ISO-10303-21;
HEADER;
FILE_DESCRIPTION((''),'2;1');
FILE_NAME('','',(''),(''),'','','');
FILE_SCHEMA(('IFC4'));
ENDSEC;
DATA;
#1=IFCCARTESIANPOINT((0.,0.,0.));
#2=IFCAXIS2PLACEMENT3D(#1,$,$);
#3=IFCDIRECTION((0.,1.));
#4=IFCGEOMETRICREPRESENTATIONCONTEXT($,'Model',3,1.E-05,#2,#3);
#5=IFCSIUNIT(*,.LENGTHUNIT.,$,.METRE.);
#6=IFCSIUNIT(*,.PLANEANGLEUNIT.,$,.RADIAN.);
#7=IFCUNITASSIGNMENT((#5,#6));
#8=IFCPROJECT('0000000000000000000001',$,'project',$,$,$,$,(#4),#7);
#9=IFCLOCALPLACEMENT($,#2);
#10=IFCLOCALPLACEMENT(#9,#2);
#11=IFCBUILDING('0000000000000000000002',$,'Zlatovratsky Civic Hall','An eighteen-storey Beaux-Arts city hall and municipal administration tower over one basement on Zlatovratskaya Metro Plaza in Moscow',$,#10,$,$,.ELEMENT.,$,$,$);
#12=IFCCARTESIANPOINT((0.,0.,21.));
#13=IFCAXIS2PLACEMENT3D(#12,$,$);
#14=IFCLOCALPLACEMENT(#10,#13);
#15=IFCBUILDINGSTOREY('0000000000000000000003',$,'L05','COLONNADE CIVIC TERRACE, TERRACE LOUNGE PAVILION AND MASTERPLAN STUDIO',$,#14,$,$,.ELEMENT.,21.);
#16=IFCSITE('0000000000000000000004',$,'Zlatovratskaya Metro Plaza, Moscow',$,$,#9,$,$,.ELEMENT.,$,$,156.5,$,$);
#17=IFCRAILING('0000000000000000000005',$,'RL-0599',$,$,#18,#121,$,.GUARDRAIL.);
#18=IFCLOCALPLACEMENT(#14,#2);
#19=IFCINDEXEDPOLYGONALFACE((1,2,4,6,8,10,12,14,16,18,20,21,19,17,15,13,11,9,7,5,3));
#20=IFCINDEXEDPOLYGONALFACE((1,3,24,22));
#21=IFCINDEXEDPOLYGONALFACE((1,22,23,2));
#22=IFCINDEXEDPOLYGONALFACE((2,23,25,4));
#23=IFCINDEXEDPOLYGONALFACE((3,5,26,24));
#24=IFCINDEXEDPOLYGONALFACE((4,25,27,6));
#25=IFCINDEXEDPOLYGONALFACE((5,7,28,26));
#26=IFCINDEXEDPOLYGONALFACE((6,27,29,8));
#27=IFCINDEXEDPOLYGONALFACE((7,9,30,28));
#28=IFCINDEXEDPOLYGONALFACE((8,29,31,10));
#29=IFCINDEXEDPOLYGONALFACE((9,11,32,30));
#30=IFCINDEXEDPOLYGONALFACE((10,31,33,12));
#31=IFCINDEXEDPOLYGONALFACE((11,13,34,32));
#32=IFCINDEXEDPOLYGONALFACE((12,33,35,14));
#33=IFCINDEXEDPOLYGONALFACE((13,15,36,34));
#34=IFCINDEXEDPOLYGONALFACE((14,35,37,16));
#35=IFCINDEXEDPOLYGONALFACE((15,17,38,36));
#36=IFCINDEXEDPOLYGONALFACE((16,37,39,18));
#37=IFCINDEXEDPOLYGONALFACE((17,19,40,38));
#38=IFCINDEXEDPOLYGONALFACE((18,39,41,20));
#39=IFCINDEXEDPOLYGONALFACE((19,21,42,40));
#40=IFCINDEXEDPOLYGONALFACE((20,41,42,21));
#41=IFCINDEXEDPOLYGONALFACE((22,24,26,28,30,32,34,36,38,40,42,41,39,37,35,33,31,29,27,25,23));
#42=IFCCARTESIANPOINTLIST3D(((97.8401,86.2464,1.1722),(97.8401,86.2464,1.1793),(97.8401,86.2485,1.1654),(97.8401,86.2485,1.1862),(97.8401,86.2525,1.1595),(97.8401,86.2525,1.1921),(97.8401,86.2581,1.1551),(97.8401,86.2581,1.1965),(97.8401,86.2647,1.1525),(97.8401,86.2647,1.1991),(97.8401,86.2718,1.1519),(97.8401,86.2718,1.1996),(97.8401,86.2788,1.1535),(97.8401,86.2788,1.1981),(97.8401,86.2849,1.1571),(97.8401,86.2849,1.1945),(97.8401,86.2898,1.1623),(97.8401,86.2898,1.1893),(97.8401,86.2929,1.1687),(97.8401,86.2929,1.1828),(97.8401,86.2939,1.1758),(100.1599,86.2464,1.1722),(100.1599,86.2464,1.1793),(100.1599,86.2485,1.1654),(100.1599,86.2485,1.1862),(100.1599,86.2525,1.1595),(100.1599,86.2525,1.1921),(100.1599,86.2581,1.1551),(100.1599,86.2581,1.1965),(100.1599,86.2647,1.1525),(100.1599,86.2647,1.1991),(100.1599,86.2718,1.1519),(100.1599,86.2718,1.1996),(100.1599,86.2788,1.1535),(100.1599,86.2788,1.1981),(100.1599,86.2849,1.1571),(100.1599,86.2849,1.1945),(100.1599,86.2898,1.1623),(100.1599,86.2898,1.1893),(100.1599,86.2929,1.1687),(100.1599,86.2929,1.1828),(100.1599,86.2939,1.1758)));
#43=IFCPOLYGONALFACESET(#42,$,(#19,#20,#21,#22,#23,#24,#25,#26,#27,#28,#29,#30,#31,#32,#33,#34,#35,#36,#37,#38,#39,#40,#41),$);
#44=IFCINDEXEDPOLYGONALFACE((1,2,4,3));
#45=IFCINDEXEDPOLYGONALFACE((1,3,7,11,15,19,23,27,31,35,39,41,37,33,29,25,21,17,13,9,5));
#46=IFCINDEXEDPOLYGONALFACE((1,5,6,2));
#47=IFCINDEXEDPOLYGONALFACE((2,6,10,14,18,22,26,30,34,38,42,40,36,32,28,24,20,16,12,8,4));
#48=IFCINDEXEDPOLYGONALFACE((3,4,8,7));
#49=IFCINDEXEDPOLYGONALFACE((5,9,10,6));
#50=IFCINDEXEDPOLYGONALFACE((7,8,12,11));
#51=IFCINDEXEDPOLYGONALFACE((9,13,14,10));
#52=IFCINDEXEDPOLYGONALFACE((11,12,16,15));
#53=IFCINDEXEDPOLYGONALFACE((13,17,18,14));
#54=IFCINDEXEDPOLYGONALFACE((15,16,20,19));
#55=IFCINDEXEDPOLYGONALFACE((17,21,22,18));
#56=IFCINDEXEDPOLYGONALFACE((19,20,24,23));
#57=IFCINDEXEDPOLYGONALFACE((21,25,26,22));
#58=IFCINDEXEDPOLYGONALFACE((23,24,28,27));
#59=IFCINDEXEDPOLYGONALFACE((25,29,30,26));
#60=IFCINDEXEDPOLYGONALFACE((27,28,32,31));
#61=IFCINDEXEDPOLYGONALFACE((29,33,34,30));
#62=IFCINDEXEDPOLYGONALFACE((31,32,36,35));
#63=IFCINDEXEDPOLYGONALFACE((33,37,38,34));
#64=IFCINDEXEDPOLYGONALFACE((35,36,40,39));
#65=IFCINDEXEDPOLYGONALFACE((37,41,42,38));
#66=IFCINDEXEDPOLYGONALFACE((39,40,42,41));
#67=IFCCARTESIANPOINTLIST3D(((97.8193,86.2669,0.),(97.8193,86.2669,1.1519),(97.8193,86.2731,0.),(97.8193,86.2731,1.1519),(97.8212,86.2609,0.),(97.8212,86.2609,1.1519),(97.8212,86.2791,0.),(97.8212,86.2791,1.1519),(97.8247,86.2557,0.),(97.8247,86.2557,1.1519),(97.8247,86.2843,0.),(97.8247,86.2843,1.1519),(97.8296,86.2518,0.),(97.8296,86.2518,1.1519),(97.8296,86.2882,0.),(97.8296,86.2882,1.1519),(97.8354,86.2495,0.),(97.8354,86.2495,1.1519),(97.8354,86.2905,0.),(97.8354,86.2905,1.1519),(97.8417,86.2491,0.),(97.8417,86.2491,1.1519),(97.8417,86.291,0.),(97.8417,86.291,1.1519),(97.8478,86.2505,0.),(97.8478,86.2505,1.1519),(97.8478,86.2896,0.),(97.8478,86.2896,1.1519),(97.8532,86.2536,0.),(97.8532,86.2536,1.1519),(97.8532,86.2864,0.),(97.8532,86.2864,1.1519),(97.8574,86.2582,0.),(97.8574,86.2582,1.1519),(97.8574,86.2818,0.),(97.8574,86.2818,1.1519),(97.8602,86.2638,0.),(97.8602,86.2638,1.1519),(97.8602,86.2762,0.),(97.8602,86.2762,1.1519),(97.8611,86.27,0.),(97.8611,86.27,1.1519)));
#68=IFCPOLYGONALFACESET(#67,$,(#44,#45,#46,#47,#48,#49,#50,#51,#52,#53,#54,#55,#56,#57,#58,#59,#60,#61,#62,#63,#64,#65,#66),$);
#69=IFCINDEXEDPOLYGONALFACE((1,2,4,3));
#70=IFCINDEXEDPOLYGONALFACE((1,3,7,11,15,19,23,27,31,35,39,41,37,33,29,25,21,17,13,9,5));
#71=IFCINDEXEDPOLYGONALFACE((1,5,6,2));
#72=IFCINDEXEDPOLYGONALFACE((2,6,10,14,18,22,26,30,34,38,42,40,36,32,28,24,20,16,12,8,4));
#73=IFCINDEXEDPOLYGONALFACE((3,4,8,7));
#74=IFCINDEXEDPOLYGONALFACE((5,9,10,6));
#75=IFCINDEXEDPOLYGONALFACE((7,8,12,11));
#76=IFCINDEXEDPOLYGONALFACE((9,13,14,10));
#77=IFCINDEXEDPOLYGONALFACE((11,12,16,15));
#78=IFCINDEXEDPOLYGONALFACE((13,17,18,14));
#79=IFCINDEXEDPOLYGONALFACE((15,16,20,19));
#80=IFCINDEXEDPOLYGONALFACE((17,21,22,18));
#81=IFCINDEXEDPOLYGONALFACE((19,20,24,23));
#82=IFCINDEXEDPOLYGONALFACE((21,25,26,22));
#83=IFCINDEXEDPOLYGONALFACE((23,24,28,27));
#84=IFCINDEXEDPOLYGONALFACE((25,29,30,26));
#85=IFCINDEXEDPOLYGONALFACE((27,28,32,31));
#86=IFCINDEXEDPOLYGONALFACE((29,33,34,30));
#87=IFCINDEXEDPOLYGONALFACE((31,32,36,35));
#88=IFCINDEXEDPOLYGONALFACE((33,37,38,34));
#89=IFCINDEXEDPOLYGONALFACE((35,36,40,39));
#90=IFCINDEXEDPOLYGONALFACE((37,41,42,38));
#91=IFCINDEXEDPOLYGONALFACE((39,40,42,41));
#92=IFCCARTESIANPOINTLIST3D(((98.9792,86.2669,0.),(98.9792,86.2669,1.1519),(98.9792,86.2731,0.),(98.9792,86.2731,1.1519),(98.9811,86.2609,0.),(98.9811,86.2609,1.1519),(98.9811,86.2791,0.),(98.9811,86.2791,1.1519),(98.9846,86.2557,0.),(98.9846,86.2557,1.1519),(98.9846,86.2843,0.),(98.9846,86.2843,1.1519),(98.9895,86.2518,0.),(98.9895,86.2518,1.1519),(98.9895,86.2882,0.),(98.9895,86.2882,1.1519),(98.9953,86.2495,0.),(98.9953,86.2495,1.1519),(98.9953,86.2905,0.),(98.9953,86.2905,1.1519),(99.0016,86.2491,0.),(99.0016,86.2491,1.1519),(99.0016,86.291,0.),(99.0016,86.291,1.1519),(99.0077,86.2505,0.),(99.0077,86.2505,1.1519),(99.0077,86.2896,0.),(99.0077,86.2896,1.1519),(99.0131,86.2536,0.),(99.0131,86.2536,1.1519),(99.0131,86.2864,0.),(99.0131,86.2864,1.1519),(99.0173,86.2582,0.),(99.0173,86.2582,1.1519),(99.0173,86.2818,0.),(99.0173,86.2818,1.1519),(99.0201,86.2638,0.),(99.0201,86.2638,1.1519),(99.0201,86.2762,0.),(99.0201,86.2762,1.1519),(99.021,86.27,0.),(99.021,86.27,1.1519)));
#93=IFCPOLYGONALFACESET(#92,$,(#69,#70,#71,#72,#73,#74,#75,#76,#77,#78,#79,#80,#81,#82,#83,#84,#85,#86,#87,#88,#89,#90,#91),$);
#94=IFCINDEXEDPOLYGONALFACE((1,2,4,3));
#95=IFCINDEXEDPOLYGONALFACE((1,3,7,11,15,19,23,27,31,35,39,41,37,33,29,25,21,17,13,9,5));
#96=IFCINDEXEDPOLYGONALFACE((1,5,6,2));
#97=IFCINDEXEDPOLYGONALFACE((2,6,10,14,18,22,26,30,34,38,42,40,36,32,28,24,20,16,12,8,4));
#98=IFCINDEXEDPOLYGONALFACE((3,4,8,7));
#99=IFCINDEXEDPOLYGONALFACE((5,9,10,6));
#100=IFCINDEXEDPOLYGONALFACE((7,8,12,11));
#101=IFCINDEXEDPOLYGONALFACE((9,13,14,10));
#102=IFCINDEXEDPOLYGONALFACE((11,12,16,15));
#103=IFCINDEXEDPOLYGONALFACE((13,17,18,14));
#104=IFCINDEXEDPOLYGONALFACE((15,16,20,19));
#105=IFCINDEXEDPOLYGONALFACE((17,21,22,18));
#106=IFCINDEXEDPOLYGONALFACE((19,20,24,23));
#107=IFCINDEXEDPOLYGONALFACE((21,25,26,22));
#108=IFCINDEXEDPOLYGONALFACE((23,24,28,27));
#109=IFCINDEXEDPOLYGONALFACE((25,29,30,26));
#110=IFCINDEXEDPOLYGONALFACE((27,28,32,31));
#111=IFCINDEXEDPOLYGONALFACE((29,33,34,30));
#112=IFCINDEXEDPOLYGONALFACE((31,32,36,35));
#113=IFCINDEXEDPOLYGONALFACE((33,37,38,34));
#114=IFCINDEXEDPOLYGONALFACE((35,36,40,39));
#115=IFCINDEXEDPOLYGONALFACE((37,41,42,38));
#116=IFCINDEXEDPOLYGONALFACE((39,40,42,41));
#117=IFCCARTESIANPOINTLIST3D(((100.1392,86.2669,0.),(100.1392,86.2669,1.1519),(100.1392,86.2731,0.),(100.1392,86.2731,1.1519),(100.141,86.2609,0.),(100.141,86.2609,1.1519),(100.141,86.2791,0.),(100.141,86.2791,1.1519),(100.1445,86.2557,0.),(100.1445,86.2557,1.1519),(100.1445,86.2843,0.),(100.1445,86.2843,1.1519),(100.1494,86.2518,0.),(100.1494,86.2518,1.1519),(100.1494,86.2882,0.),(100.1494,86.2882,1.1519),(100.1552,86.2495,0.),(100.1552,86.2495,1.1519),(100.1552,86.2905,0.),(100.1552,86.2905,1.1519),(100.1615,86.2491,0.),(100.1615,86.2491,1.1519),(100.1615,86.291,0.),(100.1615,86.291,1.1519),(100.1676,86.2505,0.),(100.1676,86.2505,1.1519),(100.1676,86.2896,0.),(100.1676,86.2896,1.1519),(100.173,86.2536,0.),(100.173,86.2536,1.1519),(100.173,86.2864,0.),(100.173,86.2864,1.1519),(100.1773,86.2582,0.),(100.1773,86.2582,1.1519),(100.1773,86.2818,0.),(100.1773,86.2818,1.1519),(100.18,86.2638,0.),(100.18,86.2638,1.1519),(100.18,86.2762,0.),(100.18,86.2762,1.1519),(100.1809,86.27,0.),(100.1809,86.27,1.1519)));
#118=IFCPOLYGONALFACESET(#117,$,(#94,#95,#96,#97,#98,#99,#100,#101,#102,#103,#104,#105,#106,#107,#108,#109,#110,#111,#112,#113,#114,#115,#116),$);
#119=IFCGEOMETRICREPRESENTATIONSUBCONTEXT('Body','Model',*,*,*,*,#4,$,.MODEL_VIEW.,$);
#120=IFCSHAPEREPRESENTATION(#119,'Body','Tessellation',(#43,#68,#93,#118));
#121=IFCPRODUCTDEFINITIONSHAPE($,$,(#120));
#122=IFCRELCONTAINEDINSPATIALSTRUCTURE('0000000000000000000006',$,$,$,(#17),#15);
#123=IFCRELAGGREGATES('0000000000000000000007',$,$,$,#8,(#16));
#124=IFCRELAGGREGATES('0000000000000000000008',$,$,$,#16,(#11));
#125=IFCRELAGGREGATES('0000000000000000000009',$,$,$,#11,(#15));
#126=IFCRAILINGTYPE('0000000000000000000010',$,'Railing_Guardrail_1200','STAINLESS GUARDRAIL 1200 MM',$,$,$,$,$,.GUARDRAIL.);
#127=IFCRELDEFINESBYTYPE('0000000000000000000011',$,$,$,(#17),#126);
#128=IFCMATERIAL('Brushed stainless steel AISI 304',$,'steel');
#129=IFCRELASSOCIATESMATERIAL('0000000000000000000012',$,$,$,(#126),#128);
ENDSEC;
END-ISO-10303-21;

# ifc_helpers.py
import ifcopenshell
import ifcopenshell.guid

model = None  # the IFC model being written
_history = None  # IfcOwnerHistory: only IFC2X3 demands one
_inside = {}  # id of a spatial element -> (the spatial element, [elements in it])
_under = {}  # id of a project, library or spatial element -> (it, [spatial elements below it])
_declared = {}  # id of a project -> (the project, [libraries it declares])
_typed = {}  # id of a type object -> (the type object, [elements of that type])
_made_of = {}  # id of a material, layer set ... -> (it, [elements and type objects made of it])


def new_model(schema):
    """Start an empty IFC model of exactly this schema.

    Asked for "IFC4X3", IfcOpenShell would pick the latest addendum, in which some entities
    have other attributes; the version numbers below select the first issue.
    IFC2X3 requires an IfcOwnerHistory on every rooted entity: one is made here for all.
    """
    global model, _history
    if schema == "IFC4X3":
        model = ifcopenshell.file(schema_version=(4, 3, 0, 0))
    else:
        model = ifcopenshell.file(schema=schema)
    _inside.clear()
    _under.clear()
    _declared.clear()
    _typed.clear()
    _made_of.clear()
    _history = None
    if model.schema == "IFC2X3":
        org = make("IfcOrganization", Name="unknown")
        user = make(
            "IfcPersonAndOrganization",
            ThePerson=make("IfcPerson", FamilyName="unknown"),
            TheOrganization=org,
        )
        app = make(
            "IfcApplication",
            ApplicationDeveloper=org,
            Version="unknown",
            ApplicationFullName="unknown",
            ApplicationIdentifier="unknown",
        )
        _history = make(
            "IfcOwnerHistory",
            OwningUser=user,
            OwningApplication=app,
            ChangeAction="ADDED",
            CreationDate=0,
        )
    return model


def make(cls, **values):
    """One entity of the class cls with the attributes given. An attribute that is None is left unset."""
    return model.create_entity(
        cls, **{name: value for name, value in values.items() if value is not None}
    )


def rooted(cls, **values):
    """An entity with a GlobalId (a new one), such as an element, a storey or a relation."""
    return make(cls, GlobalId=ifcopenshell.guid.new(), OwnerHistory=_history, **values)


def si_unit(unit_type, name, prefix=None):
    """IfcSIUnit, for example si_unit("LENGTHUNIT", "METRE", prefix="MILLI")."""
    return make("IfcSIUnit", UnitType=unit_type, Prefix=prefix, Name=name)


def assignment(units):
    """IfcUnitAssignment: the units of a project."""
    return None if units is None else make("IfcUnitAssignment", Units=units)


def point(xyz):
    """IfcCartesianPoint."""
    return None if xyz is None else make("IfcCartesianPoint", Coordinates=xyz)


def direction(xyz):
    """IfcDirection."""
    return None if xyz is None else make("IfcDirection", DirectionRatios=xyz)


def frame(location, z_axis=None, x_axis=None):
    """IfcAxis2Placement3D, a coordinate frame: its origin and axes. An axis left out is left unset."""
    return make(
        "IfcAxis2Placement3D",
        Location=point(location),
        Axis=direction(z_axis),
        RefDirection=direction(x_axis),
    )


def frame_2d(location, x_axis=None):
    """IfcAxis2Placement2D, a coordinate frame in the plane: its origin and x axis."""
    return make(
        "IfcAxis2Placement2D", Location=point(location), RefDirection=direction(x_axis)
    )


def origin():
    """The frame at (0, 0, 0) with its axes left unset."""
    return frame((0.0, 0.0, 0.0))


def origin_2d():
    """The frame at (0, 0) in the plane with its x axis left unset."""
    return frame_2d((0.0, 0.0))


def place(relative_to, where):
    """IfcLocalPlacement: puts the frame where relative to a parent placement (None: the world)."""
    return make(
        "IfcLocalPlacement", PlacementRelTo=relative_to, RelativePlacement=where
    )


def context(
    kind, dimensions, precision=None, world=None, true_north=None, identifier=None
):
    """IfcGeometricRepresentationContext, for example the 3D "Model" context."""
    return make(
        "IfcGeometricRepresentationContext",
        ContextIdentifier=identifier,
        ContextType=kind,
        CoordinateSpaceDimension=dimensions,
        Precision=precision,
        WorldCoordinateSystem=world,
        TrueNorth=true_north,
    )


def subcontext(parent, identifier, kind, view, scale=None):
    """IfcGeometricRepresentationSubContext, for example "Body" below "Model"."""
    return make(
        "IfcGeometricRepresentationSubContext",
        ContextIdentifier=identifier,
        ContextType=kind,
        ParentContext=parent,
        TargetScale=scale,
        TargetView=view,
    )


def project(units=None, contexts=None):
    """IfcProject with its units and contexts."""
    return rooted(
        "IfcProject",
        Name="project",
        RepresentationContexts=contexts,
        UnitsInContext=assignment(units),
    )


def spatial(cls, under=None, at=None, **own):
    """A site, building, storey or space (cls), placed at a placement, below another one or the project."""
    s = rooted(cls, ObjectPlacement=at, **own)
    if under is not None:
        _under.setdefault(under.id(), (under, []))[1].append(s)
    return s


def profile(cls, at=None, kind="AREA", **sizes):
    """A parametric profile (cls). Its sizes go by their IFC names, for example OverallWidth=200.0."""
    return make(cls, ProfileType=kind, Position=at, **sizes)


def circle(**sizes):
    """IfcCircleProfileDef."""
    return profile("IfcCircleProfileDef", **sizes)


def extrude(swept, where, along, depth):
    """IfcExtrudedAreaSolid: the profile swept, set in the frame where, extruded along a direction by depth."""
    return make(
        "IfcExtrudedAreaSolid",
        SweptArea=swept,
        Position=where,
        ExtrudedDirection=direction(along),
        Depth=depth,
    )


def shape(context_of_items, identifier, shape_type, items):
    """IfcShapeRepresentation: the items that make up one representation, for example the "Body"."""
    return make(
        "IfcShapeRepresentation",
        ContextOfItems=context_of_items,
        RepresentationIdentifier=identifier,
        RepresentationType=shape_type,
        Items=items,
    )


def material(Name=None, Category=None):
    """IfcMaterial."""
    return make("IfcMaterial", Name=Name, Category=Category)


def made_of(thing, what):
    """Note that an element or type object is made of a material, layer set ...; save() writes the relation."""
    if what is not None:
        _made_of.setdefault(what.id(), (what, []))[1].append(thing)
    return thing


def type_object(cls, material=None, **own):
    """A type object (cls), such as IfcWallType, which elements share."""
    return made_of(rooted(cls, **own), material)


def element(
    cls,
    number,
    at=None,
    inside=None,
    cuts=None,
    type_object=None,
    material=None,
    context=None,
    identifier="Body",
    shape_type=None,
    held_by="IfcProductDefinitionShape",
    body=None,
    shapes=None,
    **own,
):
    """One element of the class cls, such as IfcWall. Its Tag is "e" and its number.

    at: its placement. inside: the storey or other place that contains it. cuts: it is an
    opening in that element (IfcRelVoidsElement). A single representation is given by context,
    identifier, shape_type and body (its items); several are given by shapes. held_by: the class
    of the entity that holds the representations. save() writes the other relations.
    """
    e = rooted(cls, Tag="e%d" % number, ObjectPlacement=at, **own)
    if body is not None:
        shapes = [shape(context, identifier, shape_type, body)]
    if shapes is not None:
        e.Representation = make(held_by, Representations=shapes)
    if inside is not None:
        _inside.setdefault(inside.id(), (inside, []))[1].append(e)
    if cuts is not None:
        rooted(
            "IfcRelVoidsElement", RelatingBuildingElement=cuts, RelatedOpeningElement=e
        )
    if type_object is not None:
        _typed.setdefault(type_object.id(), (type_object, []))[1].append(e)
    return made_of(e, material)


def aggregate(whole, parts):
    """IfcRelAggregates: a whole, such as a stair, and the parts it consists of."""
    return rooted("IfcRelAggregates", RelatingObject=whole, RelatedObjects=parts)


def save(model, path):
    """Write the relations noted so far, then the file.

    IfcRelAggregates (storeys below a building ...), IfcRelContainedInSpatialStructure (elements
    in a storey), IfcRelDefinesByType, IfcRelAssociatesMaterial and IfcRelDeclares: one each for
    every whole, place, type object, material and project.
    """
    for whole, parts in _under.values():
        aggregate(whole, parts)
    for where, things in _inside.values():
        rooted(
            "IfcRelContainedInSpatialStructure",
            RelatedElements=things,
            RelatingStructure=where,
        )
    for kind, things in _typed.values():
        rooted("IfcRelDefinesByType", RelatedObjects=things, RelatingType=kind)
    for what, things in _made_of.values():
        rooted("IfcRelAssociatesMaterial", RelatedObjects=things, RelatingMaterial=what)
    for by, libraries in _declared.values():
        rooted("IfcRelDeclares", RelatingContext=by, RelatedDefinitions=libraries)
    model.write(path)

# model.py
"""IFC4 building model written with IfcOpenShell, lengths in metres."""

from ifc_helpers import new_model, si_unit, direction, frame, origin, origin_2d, place, context, subcontext, project, spatial, circle, extrude, material, type_object, element, save


model = new_model("IFC4")

# Units and contexts
model_context = context("Model", 3, precision=1e-05, world=origin(), true_north=direction((0.0, 1.0)))
body_context = subcontext(model_context, "Body", "Model", "MODEL_VIEW")
ifc_project = project(units=[si_unit("LENGTHUNIT", "METRE"), si_unit("PLANEANGLEUNIT", "RADIAN")], contexts=[model_context])

# Site, building, storey
site_placement = place(None, origin())
site = spatial("IfcSite", under=ifc_project, at=site_placement, Name="Zlatovratskaya Metro Plaza, Moscow", CompositionType="ELEMENT", RefElevation=156.5)
building_placement = place(site_placement, origin())
building = spatial("IfcBuilding", under=site, at=building_placement, Name="Zlatovratsky Civic Hall", Description="An eighteen-storey Beaux-Arts city hall and municipal administration tower over one basement on Zlatovratskaya Metro Plaza in Moscow", CompositionType="ELEMENT")
storey_placement = place(building_placement, frame((0.0, 0.0, 21.0)))
storey = spatial("IfcBuildingStorey", under=building, at=storey_placement, Name="L05", Description="COLONNADE CIVIC TERRACE, TERRACE LOUNGE PAVILION AND MASTERPLAN STUDIO", CompositionType="ELEMENT", Elevation=21.0)

# Railing
ifc_material_1 = material(Name="Brushed stainless steel AISI 304", Category="steel")
railing_type_1 = type_object("IfcRailingType", Name="Railing_Guardrail_1200", Description="STAINLESS GUARDRAIL 1200 MM", PredefinedType="GUARDRAIL", material=ifc_material_1)
railing_1_placement = place(storey_placement, frame((97.8401, 86.27, 0.0)))
element("IfcRailing", 1, at=railing_1_placement, inside=storey, type_object=railing_type_1, Name="RL-0599", PredefinedType="GUARDRAIL", context=body_context, shape_type="SweptSolid", body=[
    extrude(circle(Radius=0.0239, at=origin_2d()), frame((0.0, 0.0, 1.1758), z_axis=(1.0, 0.0, 0.0), x_axis=(0.0, 1.0, 0.0)), (0.0, 0.0, 1.0), 2.3198),
    extrude(circle(Radius=0.021, at=origin_2d()), origin(), (0.0, 0.0, 1.0), 1.1519),
    extrude(circle(Radius=0.021, at=origin_2d()), frame((1.1599, 0.0, 0.0)), (0.0, 0.0, 1.0), 1.1519),
    extrude(circle(Radius=0.021, at=origin_2d()), frame((2.3198, 0.0, 0.0)), (0.0, 0.0, 1.0), 1.1519),
])

save(model, "model.ifc")
